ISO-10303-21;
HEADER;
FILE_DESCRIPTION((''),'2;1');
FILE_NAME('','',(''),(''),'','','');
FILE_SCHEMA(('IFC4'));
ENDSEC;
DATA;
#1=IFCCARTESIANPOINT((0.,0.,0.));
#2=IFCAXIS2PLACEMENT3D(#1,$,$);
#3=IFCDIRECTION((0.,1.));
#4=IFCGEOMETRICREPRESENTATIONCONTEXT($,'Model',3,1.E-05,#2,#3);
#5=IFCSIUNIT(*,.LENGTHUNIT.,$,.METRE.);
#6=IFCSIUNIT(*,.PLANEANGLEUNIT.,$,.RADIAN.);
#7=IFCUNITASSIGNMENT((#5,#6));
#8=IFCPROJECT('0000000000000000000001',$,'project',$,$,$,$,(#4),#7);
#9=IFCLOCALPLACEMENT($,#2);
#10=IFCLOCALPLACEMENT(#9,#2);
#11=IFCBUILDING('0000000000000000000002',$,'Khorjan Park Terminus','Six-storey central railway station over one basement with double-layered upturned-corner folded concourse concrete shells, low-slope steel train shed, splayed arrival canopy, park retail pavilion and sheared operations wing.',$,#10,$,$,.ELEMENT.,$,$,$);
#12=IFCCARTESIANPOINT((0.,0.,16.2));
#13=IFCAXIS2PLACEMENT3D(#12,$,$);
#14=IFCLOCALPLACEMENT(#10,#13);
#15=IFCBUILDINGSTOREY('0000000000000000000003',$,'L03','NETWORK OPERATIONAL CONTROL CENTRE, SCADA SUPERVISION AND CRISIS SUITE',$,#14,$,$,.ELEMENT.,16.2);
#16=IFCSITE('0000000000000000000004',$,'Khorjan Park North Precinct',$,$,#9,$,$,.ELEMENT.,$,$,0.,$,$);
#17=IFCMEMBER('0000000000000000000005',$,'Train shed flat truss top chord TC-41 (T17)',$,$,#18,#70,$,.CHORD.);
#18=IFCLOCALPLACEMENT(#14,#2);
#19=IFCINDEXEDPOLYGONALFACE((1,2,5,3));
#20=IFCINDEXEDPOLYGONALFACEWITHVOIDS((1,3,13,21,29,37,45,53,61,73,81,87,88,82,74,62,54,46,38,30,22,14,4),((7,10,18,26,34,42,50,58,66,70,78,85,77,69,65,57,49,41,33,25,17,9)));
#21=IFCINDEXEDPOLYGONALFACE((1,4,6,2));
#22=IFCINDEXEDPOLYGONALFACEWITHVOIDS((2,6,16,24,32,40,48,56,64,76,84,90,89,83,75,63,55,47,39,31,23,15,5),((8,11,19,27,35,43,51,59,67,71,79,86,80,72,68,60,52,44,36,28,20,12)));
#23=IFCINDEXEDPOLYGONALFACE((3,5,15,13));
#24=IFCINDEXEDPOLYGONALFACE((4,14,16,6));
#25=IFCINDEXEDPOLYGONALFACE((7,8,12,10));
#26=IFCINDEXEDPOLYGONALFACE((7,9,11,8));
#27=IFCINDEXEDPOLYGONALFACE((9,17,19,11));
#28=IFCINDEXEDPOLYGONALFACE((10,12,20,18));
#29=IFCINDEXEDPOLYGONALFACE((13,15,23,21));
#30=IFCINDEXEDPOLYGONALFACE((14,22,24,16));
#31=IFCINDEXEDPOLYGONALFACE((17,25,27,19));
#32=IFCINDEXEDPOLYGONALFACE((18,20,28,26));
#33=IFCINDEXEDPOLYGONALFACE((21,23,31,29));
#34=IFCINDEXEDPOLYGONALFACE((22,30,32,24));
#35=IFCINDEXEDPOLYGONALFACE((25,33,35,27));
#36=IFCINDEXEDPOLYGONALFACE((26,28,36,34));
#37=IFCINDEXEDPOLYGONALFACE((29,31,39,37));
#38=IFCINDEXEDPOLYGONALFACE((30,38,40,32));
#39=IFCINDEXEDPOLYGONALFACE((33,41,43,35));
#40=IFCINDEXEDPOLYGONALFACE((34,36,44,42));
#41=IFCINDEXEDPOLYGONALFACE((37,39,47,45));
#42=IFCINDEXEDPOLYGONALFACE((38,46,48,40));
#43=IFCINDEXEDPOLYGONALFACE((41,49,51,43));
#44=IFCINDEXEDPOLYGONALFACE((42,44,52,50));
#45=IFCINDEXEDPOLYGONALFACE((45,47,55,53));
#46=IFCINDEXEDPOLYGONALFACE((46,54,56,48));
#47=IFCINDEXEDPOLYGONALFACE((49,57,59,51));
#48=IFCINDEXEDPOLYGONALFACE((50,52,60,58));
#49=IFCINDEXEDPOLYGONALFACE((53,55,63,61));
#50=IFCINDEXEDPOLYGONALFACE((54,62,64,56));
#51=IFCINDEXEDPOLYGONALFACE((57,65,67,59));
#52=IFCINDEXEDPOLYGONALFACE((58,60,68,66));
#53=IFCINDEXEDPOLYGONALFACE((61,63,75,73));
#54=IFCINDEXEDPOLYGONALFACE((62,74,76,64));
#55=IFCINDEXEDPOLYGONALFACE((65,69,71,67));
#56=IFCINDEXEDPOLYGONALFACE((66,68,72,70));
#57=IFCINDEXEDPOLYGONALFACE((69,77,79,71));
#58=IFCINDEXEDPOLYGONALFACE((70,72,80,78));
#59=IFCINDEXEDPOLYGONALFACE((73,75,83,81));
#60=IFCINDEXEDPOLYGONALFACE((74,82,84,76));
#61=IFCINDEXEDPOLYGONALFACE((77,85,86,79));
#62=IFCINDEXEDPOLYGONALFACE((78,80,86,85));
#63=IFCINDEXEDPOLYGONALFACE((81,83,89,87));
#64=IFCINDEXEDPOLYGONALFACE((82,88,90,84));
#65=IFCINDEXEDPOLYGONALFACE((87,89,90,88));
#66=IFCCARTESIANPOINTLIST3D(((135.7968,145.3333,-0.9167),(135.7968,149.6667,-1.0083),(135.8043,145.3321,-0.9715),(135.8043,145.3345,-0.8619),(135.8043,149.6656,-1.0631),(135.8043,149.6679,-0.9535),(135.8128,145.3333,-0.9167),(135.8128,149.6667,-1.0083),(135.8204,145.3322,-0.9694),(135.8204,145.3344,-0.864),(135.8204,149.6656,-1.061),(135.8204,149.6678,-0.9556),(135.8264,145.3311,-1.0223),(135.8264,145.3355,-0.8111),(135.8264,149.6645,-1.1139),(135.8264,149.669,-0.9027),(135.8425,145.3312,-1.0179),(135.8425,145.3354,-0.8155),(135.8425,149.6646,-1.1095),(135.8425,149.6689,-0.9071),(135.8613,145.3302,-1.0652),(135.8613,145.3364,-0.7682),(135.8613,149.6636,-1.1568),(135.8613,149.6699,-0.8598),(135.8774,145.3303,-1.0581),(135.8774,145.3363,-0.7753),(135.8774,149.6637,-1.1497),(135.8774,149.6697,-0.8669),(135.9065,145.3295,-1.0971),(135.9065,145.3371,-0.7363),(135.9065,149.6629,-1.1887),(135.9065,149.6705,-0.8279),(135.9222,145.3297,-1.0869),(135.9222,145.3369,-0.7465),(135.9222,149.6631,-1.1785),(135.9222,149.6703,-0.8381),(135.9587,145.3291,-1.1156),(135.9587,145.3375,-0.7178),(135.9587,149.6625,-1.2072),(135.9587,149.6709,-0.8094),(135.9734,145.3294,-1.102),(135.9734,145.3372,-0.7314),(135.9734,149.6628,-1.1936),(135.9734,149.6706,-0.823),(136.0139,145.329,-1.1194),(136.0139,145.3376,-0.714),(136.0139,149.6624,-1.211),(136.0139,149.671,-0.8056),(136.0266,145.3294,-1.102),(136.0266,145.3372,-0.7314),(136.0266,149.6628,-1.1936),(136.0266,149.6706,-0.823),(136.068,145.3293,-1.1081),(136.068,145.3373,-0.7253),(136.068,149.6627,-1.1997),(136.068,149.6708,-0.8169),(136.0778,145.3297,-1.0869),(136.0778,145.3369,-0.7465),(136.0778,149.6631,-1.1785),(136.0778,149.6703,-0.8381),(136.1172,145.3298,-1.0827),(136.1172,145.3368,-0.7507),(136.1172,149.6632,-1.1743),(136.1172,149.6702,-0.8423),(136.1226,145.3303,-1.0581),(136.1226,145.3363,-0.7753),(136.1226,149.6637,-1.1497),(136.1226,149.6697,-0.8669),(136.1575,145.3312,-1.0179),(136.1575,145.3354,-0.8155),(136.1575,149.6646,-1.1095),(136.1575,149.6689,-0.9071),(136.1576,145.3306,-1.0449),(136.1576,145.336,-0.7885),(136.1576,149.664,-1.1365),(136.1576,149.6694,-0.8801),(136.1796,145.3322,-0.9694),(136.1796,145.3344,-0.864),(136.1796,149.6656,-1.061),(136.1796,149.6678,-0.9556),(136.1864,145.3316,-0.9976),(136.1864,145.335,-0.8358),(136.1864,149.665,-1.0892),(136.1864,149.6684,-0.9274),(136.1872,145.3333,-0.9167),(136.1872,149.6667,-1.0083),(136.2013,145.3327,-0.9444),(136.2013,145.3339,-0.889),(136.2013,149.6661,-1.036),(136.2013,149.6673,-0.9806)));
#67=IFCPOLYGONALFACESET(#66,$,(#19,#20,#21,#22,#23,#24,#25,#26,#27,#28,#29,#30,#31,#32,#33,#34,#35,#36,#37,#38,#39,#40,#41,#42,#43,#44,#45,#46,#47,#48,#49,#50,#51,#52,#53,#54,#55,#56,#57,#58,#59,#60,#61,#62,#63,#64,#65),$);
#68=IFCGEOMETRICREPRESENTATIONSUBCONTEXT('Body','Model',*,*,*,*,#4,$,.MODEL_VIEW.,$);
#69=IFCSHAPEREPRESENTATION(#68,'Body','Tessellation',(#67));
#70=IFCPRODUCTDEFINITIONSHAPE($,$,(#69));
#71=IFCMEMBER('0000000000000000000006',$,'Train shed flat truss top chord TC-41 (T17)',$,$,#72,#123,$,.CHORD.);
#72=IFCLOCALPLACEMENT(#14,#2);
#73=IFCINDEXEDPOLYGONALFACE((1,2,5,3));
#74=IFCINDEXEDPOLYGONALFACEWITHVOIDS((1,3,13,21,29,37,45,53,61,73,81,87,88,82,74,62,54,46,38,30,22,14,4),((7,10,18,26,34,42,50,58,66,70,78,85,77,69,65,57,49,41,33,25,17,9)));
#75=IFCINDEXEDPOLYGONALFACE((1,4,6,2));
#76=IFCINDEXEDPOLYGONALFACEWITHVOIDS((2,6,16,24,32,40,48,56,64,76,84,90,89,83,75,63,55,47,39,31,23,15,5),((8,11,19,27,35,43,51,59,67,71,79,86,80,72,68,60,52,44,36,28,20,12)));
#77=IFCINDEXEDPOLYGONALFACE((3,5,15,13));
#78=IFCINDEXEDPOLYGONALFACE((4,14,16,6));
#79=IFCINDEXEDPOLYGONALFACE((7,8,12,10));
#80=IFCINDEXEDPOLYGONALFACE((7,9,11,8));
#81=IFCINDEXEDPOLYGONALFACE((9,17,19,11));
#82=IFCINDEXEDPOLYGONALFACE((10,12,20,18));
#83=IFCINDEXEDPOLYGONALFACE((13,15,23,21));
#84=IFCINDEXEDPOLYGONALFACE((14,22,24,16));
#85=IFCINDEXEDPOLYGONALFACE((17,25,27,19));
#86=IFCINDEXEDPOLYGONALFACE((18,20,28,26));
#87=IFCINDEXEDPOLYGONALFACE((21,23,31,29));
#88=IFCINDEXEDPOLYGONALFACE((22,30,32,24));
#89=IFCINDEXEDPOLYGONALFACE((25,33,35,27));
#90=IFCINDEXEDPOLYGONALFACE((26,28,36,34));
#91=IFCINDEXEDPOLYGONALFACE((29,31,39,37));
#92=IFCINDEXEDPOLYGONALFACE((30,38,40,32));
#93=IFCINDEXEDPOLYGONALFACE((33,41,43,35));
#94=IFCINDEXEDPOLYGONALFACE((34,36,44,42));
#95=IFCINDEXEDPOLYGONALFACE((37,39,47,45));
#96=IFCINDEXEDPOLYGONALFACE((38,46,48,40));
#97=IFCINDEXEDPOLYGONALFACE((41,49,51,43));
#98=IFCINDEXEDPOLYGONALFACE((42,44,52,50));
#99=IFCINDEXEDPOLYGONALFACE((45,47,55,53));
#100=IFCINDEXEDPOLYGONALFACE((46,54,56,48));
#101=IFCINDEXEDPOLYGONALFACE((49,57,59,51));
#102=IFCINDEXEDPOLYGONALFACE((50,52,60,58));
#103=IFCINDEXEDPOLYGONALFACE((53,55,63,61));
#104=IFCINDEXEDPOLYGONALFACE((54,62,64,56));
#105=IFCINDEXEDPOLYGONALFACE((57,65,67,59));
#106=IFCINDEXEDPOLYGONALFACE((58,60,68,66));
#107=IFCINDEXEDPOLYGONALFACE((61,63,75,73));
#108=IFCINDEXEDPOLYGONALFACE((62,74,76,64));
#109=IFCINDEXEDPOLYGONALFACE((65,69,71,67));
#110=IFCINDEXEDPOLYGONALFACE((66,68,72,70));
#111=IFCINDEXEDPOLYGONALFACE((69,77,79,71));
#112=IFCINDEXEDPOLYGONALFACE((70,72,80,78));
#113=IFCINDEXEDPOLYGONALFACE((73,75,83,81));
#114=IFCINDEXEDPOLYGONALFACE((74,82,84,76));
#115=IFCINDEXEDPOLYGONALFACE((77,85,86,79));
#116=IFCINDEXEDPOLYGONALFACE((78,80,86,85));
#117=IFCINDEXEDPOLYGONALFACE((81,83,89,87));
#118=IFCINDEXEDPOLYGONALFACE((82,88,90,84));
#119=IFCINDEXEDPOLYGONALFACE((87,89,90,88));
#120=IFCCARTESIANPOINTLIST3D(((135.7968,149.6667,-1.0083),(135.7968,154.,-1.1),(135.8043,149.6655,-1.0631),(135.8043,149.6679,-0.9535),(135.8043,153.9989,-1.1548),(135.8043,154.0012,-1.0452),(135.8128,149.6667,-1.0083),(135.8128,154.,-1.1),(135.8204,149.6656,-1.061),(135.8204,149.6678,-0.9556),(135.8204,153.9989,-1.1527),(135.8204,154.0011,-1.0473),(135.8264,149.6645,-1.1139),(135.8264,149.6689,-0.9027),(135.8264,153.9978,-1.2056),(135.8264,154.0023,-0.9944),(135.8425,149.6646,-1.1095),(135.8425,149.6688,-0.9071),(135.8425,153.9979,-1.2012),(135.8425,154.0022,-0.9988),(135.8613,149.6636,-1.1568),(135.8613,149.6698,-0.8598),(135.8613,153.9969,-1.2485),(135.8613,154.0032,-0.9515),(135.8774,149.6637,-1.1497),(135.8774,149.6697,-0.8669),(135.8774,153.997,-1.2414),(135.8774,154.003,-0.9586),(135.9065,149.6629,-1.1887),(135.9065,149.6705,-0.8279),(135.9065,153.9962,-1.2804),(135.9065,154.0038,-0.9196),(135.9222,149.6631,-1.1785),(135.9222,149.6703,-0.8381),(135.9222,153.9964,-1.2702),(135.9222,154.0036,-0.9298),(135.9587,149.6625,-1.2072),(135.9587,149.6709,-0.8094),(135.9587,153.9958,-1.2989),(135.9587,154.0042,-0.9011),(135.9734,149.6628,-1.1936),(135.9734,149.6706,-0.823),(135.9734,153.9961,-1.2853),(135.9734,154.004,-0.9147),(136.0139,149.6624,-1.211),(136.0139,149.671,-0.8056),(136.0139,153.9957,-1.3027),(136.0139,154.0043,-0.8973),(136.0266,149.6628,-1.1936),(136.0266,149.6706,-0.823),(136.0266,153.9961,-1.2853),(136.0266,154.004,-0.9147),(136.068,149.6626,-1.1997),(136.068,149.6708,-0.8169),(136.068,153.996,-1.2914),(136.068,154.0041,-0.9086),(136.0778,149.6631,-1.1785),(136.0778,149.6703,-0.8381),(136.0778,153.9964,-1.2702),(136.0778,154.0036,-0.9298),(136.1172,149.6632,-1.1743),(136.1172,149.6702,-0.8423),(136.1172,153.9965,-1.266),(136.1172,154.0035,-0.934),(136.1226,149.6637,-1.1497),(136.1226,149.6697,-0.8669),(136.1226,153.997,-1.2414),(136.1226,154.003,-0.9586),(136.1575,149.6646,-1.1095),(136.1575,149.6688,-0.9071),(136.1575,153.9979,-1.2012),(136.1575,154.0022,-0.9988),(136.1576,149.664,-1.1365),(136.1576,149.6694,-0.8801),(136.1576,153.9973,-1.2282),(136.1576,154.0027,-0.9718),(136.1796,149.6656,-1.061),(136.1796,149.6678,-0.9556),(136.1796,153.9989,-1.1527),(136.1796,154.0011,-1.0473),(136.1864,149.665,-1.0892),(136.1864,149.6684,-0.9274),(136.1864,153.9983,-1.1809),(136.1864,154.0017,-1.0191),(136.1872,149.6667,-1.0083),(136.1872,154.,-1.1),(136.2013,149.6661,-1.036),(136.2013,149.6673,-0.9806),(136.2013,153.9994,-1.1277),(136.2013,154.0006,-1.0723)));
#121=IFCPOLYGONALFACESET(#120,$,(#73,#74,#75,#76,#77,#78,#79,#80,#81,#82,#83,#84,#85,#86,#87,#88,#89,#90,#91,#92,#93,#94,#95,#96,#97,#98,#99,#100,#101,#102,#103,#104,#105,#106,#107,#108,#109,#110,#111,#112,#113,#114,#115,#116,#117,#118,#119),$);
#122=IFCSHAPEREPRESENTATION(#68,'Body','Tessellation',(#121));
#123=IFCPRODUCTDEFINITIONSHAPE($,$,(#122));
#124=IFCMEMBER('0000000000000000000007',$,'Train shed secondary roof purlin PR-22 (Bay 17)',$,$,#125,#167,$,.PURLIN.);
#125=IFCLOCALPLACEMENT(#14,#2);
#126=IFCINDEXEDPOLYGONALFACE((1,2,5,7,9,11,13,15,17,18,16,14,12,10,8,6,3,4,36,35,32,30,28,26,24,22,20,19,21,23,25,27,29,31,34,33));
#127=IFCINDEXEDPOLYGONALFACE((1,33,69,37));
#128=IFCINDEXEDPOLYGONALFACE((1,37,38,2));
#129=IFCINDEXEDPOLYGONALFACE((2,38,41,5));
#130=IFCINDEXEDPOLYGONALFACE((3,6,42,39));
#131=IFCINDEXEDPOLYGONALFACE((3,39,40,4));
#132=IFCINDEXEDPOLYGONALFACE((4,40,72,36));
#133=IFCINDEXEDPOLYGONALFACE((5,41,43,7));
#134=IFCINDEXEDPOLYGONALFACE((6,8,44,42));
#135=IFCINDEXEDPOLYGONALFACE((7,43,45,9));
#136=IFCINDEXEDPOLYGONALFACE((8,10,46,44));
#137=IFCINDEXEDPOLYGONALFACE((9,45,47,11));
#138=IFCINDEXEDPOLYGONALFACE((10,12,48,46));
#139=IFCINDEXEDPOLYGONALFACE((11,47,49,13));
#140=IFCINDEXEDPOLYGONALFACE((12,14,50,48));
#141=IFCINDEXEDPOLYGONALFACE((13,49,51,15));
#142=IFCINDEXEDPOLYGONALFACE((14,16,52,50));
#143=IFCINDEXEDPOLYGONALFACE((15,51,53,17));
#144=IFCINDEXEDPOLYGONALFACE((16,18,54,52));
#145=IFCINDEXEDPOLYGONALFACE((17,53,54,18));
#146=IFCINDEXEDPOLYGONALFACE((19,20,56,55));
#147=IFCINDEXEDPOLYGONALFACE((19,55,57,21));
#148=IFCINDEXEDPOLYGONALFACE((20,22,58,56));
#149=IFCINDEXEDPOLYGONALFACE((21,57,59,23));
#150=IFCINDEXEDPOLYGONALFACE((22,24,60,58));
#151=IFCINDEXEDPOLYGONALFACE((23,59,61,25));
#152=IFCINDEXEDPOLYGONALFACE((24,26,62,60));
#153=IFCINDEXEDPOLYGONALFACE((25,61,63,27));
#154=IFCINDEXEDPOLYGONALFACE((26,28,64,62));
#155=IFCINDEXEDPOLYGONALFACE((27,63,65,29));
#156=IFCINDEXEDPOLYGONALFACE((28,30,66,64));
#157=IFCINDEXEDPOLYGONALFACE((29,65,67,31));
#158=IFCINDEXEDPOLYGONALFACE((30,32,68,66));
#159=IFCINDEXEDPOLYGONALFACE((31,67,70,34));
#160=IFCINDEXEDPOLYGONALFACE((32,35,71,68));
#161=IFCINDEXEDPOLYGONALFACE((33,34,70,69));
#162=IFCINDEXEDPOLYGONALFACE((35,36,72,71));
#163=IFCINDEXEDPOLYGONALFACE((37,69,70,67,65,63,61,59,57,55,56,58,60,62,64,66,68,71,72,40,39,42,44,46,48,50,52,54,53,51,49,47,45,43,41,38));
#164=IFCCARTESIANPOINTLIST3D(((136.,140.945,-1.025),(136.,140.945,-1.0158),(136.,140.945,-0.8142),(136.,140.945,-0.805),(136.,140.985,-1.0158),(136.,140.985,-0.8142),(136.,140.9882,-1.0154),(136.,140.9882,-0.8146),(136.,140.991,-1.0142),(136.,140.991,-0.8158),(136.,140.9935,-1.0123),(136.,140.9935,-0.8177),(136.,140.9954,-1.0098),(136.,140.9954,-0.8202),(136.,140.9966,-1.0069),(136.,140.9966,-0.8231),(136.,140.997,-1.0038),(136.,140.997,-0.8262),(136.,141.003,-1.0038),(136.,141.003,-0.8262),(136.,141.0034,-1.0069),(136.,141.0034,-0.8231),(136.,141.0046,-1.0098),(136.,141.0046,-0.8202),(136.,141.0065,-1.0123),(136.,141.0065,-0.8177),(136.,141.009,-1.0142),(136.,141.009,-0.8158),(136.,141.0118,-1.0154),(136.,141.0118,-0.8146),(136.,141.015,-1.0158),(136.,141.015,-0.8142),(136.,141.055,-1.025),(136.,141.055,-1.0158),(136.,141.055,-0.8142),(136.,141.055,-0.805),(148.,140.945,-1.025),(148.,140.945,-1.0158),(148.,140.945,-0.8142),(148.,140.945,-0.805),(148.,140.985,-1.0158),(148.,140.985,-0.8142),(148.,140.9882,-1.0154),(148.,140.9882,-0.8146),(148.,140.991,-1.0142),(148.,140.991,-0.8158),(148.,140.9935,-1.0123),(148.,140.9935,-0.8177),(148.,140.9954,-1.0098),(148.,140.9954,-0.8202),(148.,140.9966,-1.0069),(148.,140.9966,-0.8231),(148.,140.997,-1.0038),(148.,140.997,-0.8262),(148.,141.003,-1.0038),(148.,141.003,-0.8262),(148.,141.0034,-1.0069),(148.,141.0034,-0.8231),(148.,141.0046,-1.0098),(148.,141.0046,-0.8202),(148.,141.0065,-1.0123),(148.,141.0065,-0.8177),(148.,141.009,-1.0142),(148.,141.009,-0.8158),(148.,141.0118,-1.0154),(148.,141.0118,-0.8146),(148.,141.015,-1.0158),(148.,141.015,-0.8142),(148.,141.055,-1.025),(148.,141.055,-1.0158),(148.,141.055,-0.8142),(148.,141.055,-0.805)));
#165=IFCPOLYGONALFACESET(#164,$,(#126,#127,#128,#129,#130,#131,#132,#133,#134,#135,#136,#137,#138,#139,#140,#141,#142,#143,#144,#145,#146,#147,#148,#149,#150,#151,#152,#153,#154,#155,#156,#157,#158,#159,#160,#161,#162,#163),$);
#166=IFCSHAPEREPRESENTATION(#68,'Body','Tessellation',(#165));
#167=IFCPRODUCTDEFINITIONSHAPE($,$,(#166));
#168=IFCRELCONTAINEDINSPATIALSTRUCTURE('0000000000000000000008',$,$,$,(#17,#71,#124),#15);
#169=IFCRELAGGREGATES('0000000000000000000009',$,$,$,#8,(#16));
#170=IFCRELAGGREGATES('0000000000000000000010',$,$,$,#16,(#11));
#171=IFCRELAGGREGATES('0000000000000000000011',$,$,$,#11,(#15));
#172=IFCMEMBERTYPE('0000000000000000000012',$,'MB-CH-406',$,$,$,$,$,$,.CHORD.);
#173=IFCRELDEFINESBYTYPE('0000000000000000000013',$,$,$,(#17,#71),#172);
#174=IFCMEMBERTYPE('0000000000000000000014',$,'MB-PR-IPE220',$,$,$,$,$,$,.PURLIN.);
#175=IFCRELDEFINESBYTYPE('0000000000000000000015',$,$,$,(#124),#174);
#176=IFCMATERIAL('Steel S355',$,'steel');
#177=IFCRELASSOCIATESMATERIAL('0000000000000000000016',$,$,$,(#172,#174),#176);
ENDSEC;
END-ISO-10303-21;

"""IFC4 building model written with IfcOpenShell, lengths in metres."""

from ifc_helpers import new_model, si_unit, direction, frame, origin, origin_2d, place, context, subcontext, project, spatial, hollow_circle, i_section, extrude, material, material_profile, profile_set, type_object, element, save


model = new_model("IFC4")

# Units and contexts
model_context = context("Model", 3, precision=1e-05, world=origin(), true_north=direction((0.0, 1.0)))
body_context = subcontext(model_context, "Body", "Model", "MODEL_VIEW")
ifc_project = project(units=[si_unit("LENGTHUNIT", "METRE"), si_unit("PLANEANGLEUNIT", "RADIAN")], contexts=[model_context])

# Site, building, storey
site_placement = place(None, origin())
site = spatial("IfcSite", under=ifc_project, at=site_placement, Name="Khorjan Park North Precinct", CompositionType="ELEMENT", RefElevation=0.0)
building_placement = place(site_placement, origin())
building = spatial("IfcBuilding", under=site, at=building_placement, Name="Khorjan Park Terminus", Description="Six-storey central railway station over one basement with double-layered upturned-corner folded concourse concrete shells, low-slope steel train shed, splayed arrival canopy, park retail pavilion and sheared operations wing.", CompositionType="ELEMENT")
storey_placement = place(building_placement, frame((0.0, 0.0, 16.2)))
storey = spatial("IfcBuildingStorey", under=building, at=storey_placement, Name="L03", Description="NETWORK OPERATIONAL CONTROL CENTRE, SCADA SUPERVISION AND CRISIS SUITE", CompositionType="ELEMENT", Elevation=16.2)

# Members
ifc_material = material(Name="Steel S355", Category="steel")
ifc_material_profile_1 = material_profile(ifc_material, hollow_circle(Radius=0.2032, WallThickness=0.016, at=origin_2d()), Name="CHS 406.4x16")
ifc_profile_set_1 = profile_set([ifc_material_profile_1], Name="Steel S355")
member_type_1 = type_object("IfcMemberType", Name="MB-CH-406", PredefinedType="CHORD", material=ifc_profile_set_1)
member_1_placement = place(storey_placement, frame((136.0, 145.3333, -0.9167), z_axis=(0.0, 0.999777, -0.021133), x_axis=(-1.0, 0.0, 0.0)))
element("IfcMember", 1, at=member_1_placement, inside=storey, type_object=member_type_1, Name="Train shed flat truss top chord TC-41 (T17)", PredefinedType="CHORD", context=body_context, shape_type="SweptSolid", body=[
    extrude(hollow_circle(Radius=0.2032, WallThickness=0.016, at=origin_2d()), origin(), (0.0, 0.0, 1.0), 4.3344),
])
member_2_placement = place(storey_placement, frame((136.0, 149.6667, -1.0083), z_axis=(0.0, 0.999776, -0.021157), x_axis=(-1.0, 0.0, 0.0)))
element("IfcMember", 2, at=member_2_placement, inside=storey, type_object=member_type_1, Name="Train shed flat truss top chord TC-41 (T17)", PredefinedType="CHORD", context=body_context, shape_type="SweptSolid", body=[
    extrude(hollow_circle(Radius=0.2032, WallThickness=0.016, at=origin_2d()), origin(), (0.0, 0.0, 1.0), 4.3343),
])
ifc_material_profile_2 = material_profile(ifc_material, i_section(OverallWidth=0.11, OverallDepth=0.22, WebThickness=0.0059, FlangeThickness=0.0092, FilletRadius=0.012, at=origin_2d()), Name="IPE 220")
ifc_profile_set_2 = profile_set([ifc_material_profile_2], Name="Steel S355")
member_type_2 = type_object("IfcMemberType", Name="MB-PR-IPE220", PredefinedType="PURLIN", material=ifc_profile_set_2)
for number, where, z_axis, x_axis, name in (
    (3, (136.0, 141.0, -0.915), (1.0, 0.0, 0.0), (0.0, 1.0, 0.0), "Train shed secondary roof purlin PR-22 (Bay 17)"),
):
    element("IfcMember", number, at=place(storey_placement, frame(where, z_axis=z_axis, x_axis=x_axis)), inside=storey, type_object=member_type_2, Name=name, PredefinedType="PURLIN", context=body_context, shape_type="SweptSolid", body=[
        extrude(i_section(OverallWidth=0.11, OverallDepth=0.22, WebThickness=0.0059, FlangeThickness=0.0092, FilletRadius=0.012, at=origin_2d()), origin(), (0.0, 0.0, 1.0), 12.0),
    ])

save(model, "model.ifc")
